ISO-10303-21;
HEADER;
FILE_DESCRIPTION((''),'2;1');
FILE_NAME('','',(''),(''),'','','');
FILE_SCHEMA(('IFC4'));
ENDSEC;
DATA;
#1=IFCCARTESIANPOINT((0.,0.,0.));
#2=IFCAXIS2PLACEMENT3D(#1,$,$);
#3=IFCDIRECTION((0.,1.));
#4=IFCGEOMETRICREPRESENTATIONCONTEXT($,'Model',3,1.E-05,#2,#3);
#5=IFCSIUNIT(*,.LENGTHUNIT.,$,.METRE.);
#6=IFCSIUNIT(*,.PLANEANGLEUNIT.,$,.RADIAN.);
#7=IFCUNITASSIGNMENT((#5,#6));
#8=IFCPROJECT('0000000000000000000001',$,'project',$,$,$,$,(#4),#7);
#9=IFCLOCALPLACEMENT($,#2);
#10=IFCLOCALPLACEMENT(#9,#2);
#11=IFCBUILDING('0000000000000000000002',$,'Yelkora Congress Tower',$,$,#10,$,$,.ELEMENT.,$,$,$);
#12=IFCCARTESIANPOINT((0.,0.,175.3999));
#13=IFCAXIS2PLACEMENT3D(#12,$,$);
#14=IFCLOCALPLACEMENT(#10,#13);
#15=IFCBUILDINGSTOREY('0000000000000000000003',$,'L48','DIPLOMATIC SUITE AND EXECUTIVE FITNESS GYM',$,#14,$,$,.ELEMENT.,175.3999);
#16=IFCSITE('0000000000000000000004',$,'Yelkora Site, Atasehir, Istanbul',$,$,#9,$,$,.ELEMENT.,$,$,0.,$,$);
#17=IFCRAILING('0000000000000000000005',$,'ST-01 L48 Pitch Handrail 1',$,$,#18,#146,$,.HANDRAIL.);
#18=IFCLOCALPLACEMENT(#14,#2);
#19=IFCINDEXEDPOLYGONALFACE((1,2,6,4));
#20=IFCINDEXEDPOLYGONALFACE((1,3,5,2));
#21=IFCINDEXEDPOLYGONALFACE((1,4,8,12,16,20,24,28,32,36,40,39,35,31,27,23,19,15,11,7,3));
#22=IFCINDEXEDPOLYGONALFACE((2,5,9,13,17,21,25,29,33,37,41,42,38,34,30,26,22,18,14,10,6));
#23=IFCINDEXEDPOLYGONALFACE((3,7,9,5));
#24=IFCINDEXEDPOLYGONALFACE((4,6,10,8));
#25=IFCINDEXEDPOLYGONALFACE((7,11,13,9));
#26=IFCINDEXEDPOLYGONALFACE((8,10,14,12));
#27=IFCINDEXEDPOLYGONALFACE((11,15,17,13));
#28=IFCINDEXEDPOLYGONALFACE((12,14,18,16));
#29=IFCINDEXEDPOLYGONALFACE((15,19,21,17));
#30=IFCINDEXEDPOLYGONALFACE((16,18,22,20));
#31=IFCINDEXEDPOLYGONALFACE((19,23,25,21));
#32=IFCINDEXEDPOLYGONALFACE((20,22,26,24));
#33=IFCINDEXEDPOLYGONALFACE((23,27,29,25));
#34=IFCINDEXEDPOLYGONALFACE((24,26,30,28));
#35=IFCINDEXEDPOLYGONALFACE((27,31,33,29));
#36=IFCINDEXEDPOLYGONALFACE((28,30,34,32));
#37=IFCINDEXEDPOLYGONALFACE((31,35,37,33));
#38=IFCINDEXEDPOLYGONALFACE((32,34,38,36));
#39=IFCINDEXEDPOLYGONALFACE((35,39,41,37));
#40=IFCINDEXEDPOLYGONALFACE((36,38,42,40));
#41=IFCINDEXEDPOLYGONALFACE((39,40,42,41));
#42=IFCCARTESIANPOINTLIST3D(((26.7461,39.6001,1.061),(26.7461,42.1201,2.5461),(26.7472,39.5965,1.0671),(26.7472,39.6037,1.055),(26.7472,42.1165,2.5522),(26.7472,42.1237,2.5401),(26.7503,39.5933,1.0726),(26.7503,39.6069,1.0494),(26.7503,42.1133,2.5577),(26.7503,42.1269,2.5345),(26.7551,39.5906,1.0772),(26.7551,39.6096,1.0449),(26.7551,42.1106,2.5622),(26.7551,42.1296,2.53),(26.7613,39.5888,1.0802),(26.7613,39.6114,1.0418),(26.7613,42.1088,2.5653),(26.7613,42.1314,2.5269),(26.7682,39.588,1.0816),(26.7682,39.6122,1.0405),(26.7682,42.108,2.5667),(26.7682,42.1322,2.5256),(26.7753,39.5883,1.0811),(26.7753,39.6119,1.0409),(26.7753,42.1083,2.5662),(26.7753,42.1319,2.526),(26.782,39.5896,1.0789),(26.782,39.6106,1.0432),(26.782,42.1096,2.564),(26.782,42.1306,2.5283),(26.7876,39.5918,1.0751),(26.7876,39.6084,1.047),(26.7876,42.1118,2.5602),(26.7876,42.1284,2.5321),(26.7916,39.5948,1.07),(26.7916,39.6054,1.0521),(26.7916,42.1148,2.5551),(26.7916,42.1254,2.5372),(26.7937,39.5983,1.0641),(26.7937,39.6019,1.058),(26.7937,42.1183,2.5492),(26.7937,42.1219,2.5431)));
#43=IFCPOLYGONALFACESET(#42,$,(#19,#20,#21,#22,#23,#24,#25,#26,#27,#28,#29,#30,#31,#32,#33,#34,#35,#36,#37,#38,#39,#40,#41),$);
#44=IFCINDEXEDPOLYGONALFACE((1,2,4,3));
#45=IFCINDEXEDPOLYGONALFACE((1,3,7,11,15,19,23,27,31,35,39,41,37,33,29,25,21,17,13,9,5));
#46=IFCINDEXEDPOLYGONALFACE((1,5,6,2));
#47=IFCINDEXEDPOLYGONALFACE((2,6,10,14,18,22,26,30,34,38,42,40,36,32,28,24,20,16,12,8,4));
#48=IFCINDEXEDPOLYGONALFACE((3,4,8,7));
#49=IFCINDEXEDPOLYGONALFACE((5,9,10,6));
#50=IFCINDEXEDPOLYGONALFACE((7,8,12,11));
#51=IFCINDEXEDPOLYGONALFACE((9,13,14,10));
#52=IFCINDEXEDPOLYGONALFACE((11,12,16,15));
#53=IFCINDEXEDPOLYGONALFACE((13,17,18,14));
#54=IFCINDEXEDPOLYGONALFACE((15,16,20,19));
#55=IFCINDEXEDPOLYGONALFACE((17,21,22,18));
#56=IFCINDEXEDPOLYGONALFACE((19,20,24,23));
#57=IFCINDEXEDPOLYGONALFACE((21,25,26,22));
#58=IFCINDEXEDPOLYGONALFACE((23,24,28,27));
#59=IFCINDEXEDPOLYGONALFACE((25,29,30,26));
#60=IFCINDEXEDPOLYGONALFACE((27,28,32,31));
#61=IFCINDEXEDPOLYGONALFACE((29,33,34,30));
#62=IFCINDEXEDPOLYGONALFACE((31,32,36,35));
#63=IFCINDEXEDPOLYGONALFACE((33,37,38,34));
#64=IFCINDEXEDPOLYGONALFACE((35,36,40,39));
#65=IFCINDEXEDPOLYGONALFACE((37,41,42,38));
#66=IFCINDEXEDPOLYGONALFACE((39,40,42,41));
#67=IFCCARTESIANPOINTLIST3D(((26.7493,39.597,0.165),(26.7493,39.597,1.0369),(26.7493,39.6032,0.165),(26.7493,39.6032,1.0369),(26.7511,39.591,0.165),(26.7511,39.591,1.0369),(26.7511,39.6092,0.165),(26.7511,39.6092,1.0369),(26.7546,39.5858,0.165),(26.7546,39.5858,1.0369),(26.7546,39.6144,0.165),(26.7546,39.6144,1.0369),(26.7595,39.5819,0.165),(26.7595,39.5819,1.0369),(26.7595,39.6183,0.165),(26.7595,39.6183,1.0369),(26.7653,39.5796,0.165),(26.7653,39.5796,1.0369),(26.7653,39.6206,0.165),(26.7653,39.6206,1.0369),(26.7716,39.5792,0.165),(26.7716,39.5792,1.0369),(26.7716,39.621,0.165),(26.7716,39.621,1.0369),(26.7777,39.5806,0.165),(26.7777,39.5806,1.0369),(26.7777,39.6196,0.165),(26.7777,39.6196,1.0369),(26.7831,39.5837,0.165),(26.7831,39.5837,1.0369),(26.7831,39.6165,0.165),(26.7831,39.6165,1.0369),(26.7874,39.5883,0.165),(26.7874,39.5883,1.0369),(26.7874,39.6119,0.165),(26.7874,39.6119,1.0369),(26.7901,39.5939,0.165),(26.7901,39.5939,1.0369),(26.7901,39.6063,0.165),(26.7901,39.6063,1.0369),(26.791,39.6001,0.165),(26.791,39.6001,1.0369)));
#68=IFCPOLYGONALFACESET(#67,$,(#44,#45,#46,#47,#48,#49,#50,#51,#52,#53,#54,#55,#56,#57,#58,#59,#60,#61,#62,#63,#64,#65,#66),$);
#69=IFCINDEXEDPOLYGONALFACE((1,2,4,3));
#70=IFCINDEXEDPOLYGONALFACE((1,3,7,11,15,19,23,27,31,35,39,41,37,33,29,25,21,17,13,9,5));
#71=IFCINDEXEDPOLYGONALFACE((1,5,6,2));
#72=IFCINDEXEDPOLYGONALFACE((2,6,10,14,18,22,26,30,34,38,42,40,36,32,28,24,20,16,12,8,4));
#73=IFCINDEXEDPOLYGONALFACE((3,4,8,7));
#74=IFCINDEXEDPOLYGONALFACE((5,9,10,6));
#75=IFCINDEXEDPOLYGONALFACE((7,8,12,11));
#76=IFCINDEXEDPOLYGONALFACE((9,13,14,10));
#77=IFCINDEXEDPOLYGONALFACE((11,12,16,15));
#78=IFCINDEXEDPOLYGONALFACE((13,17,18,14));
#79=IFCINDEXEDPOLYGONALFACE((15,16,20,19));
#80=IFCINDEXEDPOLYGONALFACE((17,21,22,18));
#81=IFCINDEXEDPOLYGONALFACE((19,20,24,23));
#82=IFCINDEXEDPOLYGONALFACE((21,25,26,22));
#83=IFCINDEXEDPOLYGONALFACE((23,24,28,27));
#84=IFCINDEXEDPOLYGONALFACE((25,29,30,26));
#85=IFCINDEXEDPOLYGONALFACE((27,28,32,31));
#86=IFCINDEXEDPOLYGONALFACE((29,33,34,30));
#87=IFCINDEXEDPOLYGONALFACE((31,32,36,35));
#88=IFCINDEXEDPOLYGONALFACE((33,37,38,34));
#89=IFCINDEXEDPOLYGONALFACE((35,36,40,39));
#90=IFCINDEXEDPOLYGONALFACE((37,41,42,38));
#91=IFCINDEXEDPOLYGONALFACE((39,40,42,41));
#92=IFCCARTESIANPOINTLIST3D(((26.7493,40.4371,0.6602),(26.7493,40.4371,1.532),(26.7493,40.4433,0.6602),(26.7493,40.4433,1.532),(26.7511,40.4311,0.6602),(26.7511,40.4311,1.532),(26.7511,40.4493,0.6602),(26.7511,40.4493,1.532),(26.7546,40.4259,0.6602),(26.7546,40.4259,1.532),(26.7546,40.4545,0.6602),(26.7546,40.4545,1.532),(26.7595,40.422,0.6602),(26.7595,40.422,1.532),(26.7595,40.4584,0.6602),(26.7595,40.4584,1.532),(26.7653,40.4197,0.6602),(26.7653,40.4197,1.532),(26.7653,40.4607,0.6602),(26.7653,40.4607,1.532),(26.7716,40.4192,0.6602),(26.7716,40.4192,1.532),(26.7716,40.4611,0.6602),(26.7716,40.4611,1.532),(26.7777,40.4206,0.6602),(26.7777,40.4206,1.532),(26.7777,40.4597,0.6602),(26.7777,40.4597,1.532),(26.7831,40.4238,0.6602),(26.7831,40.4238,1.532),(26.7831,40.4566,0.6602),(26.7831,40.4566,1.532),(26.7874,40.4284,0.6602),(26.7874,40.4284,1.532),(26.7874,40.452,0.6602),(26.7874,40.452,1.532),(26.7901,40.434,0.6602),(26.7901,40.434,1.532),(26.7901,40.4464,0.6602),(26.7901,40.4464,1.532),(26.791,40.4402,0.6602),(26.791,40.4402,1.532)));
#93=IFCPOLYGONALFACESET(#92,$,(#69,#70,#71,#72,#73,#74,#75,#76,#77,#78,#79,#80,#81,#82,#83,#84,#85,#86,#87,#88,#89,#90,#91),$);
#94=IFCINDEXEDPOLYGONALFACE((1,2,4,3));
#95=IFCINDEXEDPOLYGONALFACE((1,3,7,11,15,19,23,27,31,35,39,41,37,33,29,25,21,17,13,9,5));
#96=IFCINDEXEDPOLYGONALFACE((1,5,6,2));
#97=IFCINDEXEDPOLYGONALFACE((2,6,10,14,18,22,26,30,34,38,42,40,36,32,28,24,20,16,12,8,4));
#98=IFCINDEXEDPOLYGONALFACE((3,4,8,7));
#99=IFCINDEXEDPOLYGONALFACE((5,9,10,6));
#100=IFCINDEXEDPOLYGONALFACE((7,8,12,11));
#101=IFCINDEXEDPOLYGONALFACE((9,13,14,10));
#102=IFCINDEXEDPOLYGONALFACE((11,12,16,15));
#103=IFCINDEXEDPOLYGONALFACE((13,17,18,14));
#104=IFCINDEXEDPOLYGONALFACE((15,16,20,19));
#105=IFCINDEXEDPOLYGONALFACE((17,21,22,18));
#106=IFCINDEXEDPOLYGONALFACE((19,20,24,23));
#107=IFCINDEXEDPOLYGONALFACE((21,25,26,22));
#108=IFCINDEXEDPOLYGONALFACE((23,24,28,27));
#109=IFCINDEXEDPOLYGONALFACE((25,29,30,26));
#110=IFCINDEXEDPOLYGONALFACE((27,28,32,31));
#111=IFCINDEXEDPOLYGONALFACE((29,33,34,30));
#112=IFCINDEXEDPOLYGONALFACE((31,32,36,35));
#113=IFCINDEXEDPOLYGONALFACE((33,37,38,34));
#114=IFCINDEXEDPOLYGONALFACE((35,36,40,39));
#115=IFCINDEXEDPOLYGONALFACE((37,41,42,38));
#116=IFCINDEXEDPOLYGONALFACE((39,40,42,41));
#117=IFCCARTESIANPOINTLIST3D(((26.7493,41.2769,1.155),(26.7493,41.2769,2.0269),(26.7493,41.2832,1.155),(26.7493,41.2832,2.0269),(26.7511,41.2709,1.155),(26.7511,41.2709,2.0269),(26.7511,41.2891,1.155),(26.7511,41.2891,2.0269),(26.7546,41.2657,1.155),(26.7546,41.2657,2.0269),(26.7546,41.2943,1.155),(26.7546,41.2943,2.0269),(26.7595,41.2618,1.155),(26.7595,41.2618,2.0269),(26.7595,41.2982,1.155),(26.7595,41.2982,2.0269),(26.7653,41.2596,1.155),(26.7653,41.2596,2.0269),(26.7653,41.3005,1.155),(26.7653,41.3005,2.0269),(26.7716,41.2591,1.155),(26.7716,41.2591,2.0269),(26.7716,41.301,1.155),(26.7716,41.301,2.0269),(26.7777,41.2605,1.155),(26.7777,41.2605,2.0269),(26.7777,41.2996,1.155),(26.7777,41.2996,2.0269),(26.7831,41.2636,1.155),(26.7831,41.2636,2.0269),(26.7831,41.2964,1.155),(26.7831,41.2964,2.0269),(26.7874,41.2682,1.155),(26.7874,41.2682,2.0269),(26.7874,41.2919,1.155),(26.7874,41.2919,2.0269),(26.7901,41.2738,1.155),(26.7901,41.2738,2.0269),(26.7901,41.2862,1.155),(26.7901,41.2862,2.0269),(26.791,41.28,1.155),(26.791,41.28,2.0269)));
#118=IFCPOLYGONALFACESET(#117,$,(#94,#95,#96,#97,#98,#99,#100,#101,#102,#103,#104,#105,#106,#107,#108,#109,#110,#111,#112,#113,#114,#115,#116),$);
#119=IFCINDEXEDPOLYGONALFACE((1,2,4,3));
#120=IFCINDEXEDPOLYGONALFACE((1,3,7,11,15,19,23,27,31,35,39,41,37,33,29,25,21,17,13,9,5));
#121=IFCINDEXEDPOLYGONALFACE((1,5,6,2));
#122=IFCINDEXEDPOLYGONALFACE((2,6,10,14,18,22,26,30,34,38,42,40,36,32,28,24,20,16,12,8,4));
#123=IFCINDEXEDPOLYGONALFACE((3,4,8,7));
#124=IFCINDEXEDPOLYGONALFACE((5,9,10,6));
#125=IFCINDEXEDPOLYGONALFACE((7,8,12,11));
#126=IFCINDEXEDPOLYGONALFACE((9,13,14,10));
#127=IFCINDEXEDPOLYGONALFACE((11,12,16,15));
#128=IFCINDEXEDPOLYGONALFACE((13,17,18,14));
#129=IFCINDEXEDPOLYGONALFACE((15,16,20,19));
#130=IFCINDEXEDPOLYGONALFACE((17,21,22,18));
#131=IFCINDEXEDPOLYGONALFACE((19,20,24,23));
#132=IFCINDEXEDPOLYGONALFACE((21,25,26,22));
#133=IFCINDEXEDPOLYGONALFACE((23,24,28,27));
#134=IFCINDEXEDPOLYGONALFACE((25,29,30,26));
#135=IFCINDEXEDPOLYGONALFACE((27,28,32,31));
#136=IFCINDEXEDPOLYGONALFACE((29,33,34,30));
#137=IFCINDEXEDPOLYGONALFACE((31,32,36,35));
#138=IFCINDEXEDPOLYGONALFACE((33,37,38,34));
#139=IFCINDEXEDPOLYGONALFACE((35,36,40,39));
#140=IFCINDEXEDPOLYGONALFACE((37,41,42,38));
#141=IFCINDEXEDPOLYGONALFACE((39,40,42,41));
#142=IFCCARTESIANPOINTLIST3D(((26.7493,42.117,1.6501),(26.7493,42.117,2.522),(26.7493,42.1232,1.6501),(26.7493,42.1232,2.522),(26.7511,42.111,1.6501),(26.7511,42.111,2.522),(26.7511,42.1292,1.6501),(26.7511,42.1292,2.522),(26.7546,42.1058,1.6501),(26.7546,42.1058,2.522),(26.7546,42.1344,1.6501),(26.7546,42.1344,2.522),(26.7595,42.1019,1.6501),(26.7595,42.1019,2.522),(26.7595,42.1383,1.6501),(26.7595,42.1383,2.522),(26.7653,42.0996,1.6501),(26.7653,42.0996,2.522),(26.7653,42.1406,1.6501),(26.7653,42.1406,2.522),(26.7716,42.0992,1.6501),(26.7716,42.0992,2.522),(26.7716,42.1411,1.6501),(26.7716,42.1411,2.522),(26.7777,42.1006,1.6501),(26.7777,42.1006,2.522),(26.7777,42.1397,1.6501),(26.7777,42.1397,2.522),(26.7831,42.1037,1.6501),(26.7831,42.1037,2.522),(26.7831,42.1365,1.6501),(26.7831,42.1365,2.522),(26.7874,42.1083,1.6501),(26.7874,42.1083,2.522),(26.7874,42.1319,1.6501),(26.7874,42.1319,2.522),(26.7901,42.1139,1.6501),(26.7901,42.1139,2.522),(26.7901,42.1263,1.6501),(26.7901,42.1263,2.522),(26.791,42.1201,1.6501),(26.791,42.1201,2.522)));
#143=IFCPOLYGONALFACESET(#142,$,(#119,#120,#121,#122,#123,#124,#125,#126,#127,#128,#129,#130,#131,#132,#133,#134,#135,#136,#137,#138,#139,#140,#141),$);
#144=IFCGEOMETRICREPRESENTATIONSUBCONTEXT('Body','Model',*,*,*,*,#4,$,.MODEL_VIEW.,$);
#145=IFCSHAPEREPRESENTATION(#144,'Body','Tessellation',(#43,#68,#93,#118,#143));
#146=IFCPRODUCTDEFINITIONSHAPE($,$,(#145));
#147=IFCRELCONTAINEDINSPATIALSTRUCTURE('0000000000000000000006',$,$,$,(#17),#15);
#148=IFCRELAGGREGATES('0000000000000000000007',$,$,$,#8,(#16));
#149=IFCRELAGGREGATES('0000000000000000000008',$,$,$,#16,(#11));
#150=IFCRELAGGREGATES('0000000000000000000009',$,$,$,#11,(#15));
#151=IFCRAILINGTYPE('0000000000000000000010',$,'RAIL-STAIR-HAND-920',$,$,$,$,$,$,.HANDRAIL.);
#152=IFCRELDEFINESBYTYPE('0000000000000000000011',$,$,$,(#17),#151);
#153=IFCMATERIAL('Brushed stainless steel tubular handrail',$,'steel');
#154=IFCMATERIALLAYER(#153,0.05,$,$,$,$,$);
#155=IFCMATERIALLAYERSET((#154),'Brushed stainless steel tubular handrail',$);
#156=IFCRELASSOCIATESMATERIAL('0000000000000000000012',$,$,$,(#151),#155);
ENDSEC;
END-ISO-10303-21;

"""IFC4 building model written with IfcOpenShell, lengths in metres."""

from ifc_helpers import new_model, si_unit, direction, frame, origin, origin_2d, place, context, subcontext, project, spatial, circle, extrude, material, layer, layer_set, type_object, element, save


model = new_model("IFC4")

# Units and contexts
model_context = context("Model", 3, precision=1e-05, world=origin(), true_north=direction((0.0, 1.0)))
body_context = subcontext(model_context, "Body", "Model", "MODEL_VIEW")
ifc_project = project(units=[si_unit("LENGTHUNIT", "METRE"), si_unit("PLANEANGLEUNIT", "RADIAN")], contexts=[model_context])

# Site, building, storey
site_placement = place(None, origin())
site = spatial("IfcSite", under=ifc_project, at=site_placement, Name="Yelkora Site, Atasehir, Istanbul", CompositionType="ELEMENT", RefElevation=0.0)
building_placement = place(site_placement, origin())
building = spatial("IfcBuilding", under=site, at=building_placement, Name="Yelkora Congress Tower", CompositionType="ELEMENT")
storey_placement = place(building_placement, frame((0.0, 0.0, 175.3999)))
storey = spatial("IfcBuildingStorey", under=building, at=storey_placement, Name="L48", Description="DIPLOMATIC SUITE AND EXECUTIVE FITNESS GYM", CompositionType="ELEMENT", Elevation=175.3999)

# Railing
ifc_material_1 = material(Name="Brushed stainless steel tubular handrail", Category="steel")
ifc_layer_1 = layer(ifc_material_1, 0.05)
ifc_layer_set_1 = layer_set([ifc_layer_1], Name="Brushed stainless steel tubular handrail")
railing_type_1 = type_object("IfcRailingType", Name="RAIL-STAIR-HAND-920", PredefinedType="HANDRAIL", material=ifc_layer_set_1)
railing_1_placement = place(storey_placement, frame((26.77, 39.6001, 0.165)))
element("IfcRailing", 1, at=railing_1_placement, inside=storey, type_object=railing_type_1, Name="ST-01 L48 Pitch Handrail 1", PredefinedType="HANDRAIL", context=body_context, shape_type="SweptSolid", body=[
    extrude(circle(Radius=0.0239, at=origin_2d()), frame((0.0, 0.0, 0.896), z_axis=(0.0, 0.861524, 0.507717), x_axis=(-1.0, 0.0, 0.0)), (0.0, 0.0, 1.0), 2.925),
    extrude(circle(Radius=0.021, at=origin_2d()), origin(), (0.0, 0.0, 1.0), 0.8718),
    extrude(circle(Radius=0.021, at=origin_2d()), frame((0.0, 0.8401, 0.4951)), (0.0, 0.0, 1.0), 0.8718),
    extrude(circle(Radius=0.021, at=origin_2d()), frame((0.0, 1.6799, 0.99)), (0.0, 0.0, 1.0), 0.8718),
    extrude(circle(Radius=0.021, at=origin_2d()), frame((0.0, 2.52, 1.4851)), (0.0, 0.0, 1.0), 0.8718),
])

save(model, "model.ifc")
